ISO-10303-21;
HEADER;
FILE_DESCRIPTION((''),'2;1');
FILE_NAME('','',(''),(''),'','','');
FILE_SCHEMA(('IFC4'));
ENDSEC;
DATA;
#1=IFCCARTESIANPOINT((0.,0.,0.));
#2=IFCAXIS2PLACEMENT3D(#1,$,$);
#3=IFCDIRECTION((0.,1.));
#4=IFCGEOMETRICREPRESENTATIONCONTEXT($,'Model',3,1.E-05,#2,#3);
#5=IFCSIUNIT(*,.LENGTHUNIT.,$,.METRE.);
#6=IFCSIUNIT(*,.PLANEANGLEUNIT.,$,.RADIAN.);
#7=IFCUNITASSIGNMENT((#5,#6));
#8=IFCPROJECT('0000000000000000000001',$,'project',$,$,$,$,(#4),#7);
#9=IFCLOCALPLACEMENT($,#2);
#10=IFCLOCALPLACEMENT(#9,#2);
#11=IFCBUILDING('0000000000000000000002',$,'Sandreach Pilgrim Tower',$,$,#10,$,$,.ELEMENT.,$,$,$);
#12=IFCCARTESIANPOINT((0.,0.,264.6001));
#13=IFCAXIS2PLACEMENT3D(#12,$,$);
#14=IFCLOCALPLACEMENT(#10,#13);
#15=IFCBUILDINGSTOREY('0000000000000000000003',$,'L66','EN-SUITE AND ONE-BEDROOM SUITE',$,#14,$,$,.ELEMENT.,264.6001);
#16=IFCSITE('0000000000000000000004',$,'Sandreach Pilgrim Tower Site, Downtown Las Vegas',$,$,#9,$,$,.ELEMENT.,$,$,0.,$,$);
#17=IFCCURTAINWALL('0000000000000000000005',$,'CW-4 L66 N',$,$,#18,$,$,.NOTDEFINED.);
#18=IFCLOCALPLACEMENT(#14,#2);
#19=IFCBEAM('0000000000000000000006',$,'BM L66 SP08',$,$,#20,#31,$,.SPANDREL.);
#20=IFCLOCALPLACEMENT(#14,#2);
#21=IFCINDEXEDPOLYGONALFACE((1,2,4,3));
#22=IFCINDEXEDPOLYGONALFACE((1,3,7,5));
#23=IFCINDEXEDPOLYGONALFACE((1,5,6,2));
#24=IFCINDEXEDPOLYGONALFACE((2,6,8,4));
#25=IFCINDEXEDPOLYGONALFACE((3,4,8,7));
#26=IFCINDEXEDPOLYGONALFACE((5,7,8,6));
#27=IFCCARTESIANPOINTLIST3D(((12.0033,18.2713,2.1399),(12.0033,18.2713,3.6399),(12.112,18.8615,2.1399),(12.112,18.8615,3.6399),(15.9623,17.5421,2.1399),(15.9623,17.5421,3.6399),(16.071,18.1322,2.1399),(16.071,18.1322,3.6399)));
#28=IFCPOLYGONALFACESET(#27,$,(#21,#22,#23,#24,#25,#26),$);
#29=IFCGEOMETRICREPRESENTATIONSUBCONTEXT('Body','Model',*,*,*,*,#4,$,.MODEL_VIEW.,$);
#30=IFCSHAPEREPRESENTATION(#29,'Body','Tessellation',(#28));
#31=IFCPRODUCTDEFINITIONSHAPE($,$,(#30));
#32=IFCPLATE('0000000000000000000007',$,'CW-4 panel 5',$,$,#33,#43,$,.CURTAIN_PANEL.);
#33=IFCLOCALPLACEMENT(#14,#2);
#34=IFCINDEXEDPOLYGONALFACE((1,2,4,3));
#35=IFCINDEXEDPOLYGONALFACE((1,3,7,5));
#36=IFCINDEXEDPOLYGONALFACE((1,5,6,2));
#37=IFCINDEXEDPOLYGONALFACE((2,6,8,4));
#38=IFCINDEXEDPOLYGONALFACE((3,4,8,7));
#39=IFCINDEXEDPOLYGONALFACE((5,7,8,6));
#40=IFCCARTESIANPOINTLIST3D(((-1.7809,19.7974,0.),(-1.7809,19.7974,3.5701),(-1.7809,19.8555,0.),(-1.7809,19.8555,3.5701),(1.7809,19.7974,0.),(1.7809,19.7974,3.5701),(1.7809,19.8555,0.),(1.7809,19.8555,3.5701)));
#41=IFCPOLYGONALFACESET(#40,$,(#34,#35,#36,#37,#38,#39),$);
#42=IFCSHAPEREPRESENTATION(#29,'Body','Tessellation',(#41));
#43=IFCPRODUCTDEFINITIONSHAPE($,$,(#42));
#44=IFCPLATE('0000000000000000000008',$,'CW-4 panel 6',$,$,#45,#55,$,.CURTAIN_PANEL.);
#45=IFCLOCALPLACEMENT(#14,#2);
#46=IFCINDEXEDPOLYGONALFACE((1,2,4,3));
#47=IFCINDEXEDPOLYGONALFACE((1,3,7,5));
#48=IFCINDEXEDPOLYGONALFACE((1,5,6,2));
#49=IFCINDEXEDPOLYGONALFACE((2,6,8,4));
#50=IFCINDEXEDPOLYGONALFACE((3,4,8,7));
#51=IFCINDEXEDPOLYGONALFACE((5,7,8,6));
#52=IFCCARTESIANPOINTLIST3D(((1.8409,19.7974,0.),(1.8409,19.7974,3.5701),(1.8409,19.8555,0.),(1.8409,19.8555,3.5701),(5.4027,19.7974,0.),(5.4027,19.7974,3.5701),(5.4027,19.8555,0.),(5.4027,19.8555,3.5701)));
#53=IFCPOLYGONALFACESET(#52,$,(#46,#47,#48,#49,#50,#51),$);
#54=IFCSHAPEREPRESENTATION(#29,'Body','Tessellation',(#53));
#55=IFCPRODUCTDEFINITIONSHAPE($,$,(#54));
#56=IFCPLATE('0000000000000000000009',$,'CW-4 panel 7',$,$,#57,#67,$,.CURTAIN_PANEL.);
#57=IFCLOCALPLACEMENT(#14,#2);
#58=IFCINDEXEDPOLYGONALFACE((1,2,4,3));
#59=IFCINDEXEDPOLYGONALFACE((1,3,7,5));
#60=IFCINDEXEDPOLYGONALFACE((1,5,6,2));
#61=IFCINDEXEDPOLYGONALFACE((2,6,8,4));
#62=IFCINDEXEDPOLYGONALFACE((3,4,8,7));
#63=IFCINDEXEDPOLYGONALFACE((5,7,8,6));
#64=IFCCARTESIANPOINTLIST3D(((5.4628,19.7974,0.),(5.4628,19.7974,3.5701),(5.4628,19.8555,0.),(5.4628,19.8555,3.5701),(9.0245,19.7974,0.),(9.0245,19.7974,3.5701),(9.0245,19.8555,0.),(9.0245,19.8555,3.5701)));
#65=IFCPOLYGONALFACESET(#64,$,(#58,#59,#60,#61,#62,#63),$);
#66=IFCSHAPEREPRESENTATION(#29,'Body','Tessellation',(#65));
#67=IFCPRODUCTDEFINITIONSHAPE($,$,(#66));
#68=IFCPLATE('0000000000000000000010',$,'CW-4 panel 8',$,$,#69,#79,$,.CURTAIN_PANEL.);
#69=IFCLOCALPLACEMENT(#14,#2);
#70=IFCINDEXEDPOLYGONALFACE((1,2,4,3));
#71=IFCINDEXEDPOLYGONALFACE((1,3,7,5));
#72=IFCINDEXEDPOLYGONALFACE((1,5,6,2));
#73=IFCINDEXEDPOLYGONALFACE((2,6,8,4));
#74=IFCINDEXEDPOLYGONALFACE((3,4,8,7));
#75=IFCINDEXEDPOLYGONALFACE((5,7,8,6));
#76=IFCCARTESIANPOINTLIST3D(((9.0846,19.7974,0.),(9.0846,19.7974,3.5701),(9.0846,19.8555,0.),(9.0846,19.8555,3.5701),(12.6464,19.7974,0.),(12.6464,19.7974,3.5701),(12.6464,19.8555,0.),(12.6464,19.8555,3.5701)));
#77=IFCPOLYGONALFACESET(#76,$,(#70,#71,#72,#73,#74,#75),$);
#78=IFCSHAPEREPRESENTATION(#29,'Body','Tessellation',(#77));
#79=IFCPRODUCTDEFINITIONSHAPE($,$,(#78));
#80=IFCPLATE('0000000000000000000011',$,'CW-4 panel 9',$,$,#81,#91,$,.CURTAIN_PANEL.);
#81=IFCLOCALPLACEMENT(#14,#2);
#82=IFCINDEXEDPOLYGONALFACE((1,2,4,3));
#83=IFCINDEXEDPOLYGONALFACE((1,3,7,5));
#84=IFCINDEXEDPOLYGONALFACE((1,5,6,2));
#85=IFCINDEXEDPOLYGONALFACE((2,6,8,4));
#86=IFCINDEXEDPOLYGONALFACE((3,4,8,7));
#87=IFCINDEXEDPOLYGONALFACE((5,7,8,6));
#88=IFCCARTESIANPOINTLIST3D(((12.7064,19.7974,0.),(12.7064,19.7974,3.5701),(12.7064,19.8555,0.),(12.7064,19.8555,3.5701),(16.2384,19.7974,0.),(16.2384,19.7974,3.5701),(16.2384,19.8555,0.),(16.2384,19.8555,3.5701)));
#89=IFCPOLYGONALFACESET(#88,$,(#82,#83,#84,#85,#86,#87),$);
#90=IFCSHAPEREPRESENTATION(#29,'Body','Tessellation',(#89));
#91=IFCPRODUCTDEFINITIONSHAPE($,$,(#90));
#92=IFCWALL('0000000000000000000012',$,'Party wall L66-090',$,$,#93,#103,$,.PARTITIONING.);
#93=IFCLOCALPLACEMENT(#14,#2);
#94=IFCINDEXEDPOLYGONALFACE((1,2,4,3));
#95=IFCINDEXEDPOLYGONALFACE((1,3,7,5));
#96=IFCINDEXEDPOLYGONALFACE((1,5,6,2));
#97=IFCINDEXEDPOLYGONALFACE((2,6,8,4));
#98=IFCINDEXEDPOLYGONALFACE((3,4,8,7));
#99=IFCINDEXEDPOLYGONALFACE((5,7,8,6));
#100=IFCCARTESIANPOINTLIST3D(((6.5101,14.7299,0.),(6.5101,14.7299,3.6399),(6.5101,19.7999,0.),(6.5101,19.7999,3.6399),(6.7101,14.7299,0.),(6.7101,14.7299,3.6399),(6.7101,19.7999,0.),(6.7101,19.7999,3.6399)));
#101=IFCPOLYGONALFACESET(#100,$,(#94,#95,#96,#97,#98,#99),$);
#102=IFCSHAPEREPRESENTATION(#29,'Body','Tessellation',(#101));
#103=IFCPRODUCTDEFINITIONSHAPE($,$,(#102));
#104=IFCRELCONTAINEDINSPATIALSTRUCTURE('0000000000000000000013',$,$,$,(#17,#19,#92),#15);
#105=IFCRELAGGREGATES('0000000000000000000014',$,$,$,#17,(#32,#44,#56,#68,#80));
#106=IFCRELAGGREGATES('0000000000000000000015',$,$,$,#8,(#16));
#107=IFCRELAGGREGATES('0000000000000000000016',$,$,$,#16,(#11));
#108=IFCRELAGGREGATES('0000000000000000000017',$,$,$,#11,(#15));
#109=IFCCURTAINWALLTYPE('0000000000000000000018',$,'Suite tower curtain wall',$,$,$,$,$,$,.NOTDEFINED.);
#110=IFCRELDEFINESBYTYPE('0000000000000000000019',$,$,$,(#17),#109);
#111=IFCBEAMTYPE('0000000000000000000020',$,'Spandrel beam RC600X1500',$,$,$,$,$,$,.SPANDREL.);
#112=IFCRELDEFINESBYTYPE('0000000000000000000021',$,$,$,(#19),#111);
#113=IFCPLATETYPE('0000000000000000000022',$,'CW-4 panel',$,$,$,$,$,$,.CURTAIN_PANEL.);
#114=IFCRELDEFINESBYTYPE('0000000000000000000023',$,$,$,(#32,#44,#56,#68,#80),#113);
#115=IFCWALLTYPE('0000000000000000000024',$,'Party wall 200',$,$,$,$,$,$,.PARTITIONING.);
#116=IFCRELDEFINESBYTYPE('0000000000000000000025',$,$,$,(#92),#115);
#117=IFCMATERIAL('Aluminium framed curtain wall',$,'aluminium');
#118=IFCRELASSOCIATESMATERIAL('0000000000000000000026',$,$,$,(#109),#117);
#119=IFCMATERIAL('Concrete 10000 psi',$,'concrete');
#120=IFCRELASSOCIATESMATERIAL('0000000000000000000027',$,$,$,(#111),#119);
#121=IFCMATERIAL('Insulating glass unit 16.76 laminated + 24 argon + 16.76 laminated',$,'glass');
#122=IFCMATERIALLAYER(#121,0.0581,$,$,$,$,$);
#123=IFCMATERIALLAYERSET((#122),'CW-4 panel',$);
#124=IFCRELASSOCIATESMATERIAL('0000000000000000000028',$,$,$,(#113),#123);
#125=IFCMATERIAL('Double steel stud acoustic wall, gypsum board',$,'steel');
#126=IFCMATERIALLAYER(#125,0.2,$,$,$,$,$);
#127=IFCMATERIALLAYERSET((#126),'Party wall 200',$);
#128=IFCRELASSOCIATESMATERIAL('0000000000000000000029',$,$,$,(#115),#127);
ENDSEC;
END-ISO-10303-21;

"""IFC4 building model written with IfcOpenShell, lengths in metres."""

from ifc_helpers import new_model, si_unit, direction, frame, frame_2d, origin, origin_2d, place, context, subcontext, project, spatial, rectangle, extrude, material, layer, layer_set, material_profile, profile_set, type_object, element, aggregate, save


model = new_model("IFC4")

# Units and contexts
model_context = context("Model", 3, precision=1e-05, world=origin(), true_north=direction((0.0, 1.0)))
body_context = subcontext(model_context, "Body", "Model", "MODEL_VIEW")
ifc_project = project(units=[si_unit("LENGTHUNIT", "METRE"), si_unit("PLANEANGLEUNIT", "RADIAN")], contexts=[model_context])

# Site, building, storey
site_placement = place(None, origin())
site = spatial("IfcSite", under=ifc_project, at=site_placement, Name="Sandreach Pilgrim Tower Site, Downtown Las Vegas", CompositionType="ELEMENT", RefElevation=0.0)
building_placement = place(site_placement, origin())
building = spatial("IfcBuilding", under=site, at=building_placement, Name="Sandreach Pilgrim Tower", CompositionType="ELEMENT")
storey_placement = place(building_placement, frame((0.0, 0.0, 264.6001)))
storey = spatial("IfcBuildingStorey", under=building, at=storey_placement, Name="L66", Description="EN-SUITE AND ONE-BEDROOM SUITE", CompositionType="ELEMENT", Elevation=264.6001)

# Curtain wall
ifc_material_1 = material(Name="Aluminium framed curtain wall", Category="aluminium")
curtain_wall_type = type_object("IfcCurtainWallType", Name="Suite tower curtain wall", PredefinedType="NOTDEFINED", material=ifc_material_1)
curtain_wall_placement = place(storey_placement, origin())
curtain_wall = element("IfcCurtainWall", 1, at=curtain_wall_placement, inside=storey, type_object=curtain_wall_type, Name="CW-4 L66 N", PredefinedType="NOTDEFINED")

# Beam
ifc_material_2 = material(Name="Concrete 10000 psi", Category="concrete")
ifc_material_profile_1 = material_profile(ifc_material_2, rectangle(XDim=0.6001, YDim=1.5, at=origin_2d()), Name="RC600X1500")
ifc_profile_set_1 = profile_set([ifc_material_profile_1], Name="Concrete 10000 psi")
beam_type_1 = type_object("IfcBeamType", Name="Spandrel beam RC600X1500", PredefinedType="SPANDREL", material=ifc_profile_set_1)
beam_1_placement = place(storey_placement, frame((12.0576, 18.5664, 2.8899), z_axis=(0.983455, -0.181153, 0.0), x_axis=(0.181153, 0.983455, 0.0)))
element("IfcBeam", 2, at=beam_1_placement, inside=storey, type_object=beam_type_1, Name="BM L66 SP08", PredefinedType="SPANDREL", context=body_context, shape_type="SweptSolid", body=[
    extrude(rectangle(XDim=0.6001, YDim=1.5, at=origin_2d()), origin(), (0.0, 0.0, 1.0), 4.0256),
])

# Plates
ifc_material_3 = material(Name="Insulating glass unit 16.76 laminated + 24 argon + 16.76 laminated", Category="glass")
ifc_layer_1 = layer(ifc_material_3, 0.0581)
ifc_layer_set_1 = layer_set([ifc_layer_1], Name="CW-4 panel")
plate_type = type_object("IfcPlateType", Name="CW-4 panel", PredefinedType="CURTAIN_PANEL", material=ifc_layer_set_1)
plate_1_placement = place(storey_placement, frame((0.0, 19.8264, 0.0), z_axis=(0.0, 0.0, 1.0), x_axis=(1.0, 0.0, 0.0)))
plate_1 = element("IfcPlate", 3, at=plate_1_placement, type_object=plate_type, Name="CW-4 panel 5", PredefinedType="CURTAIN_PANEL", context=body_context, shape_type="SweptSolid", body=[
    extrude(rectangle(XDim=3.5618, YDim=0.0581, at=origin_2d()), origin(), (0.0, 0.0, 1.0), 3.5701),
])
plate_2_placement = place(storey_placement, frame((3.6218, 19.8264, 0.0), z_axis=(0.0, 0.0, 1.0), x_axis=(1.0, 0.0, 0.0)))
plate_2 = element("IfcPlate", 4, at=plate_2_placement, type_object=plate_type, Name="CW-4 panel 6", PredefinedType="CURTAIN_PANEL", context=body_context, shape_type="SweptSolid", body=[
    extrude(rectangle(XDim=3.5618, YDim=0.0581, at=origin_2d()), origin(), (0.0, 0.0, 1.0), 3.5701),
])
plate_3_placement = place(storey_placement, frame((7.2437, 19.8264, 0.0), z_axis=(0.0, 0.0, 1.0), x_axis=(1.0, 0.0, 0.0)))
plate_3 = element("IfcPlate", 5, at=plate_3_placement, type_object=plate_type, Name="CW-4 panel 7", PredefinedType="CURTAIN_PANEL", context=body_context, shape_type="SweptSolid", body=[
    extrude(rectangle(XDim=3.5618, YDim=0.0581, at=origin_2d()), origin(), (0.0, 0.0, 1.0), 3.5701),
])
plate_4_placement = place(storey_placement, frame((10.8655, 19.8264, 0.0), z_axis=(0.0, 0.0, 1.0), x_axis=(1.0, 0.0, 0.0)))
plate_4 = element("IfcPlate", 6, at=plate_4_placement, type_object=plate_type, Name="CW-4 panel 8", PredefinedType="CURTAIN_PANEL", context=body_context, shape_type="SweptSolid", body=[
    extrude(rectangle(XDim=3.5618, YDim=0.0581, at=origin_2d()), origin(), (0.0, 0.0, 1.0), 3.5701),
])
plate_5_placement = place(storey_placement, frame((14.4724, 19.8264, 0.0), z_axis=(0.0, 0.0, 1.0), x_axis=(1.0, 0.0, 0.0)))
plate_5 = element("IfcPlate", 7, at=plate_5_placement, type_object=plate_type, Name="CW-4 panel 9", PredefinedType="CURTAIN_PANEL", context=body_context, shape_type="SweptSolid", body=[
    extrude(rectangle(XDim=3.532, YDim=0.0581, at=origin_2d()), origin(), (0.0, 0.0, 1.0), 3.5701),
])
aggregate(curtain_wall, [plate_1, plate_2, plate_3, plate_4, plate_5])

# Wall
ifc_material_4 = material(Name="Double steel stud acoustic wall, gypsum board", Category="steel")
ifc_layer_2 = layer(ifc_material_4, 0.2)
ifc_layer_set_2 = layer_set([ifc_layer_2], Name="Party wall 200")
wall_type = type_object("IfcWallType", Name="Party wall 200", PredefinedType="PARTITIONING", material=ifc_layer_set_2)
wall_placement = place(storey_placement, frame((6.6101, 19.8, 0.0), z_axis=(0.0, 0.0, 1.0), x_axis=(0.0, -1.0, 0.0)))
element("IfcWall", 8, at=wall_placement, inside=storey, type_object=wall_type, Name="Party wall L66-090", PredefinedType="PARTITIONING", context=body_context, shape_type="SweptSolid", body=[
    extrude(rectangle(XDim=5.0701, YDim=0.2, at=frame_2d((2.5352, 0.0))), origin(), (0.0, 0.0, 1.0), 3.6399),
])

save(model, "model.ifc")
